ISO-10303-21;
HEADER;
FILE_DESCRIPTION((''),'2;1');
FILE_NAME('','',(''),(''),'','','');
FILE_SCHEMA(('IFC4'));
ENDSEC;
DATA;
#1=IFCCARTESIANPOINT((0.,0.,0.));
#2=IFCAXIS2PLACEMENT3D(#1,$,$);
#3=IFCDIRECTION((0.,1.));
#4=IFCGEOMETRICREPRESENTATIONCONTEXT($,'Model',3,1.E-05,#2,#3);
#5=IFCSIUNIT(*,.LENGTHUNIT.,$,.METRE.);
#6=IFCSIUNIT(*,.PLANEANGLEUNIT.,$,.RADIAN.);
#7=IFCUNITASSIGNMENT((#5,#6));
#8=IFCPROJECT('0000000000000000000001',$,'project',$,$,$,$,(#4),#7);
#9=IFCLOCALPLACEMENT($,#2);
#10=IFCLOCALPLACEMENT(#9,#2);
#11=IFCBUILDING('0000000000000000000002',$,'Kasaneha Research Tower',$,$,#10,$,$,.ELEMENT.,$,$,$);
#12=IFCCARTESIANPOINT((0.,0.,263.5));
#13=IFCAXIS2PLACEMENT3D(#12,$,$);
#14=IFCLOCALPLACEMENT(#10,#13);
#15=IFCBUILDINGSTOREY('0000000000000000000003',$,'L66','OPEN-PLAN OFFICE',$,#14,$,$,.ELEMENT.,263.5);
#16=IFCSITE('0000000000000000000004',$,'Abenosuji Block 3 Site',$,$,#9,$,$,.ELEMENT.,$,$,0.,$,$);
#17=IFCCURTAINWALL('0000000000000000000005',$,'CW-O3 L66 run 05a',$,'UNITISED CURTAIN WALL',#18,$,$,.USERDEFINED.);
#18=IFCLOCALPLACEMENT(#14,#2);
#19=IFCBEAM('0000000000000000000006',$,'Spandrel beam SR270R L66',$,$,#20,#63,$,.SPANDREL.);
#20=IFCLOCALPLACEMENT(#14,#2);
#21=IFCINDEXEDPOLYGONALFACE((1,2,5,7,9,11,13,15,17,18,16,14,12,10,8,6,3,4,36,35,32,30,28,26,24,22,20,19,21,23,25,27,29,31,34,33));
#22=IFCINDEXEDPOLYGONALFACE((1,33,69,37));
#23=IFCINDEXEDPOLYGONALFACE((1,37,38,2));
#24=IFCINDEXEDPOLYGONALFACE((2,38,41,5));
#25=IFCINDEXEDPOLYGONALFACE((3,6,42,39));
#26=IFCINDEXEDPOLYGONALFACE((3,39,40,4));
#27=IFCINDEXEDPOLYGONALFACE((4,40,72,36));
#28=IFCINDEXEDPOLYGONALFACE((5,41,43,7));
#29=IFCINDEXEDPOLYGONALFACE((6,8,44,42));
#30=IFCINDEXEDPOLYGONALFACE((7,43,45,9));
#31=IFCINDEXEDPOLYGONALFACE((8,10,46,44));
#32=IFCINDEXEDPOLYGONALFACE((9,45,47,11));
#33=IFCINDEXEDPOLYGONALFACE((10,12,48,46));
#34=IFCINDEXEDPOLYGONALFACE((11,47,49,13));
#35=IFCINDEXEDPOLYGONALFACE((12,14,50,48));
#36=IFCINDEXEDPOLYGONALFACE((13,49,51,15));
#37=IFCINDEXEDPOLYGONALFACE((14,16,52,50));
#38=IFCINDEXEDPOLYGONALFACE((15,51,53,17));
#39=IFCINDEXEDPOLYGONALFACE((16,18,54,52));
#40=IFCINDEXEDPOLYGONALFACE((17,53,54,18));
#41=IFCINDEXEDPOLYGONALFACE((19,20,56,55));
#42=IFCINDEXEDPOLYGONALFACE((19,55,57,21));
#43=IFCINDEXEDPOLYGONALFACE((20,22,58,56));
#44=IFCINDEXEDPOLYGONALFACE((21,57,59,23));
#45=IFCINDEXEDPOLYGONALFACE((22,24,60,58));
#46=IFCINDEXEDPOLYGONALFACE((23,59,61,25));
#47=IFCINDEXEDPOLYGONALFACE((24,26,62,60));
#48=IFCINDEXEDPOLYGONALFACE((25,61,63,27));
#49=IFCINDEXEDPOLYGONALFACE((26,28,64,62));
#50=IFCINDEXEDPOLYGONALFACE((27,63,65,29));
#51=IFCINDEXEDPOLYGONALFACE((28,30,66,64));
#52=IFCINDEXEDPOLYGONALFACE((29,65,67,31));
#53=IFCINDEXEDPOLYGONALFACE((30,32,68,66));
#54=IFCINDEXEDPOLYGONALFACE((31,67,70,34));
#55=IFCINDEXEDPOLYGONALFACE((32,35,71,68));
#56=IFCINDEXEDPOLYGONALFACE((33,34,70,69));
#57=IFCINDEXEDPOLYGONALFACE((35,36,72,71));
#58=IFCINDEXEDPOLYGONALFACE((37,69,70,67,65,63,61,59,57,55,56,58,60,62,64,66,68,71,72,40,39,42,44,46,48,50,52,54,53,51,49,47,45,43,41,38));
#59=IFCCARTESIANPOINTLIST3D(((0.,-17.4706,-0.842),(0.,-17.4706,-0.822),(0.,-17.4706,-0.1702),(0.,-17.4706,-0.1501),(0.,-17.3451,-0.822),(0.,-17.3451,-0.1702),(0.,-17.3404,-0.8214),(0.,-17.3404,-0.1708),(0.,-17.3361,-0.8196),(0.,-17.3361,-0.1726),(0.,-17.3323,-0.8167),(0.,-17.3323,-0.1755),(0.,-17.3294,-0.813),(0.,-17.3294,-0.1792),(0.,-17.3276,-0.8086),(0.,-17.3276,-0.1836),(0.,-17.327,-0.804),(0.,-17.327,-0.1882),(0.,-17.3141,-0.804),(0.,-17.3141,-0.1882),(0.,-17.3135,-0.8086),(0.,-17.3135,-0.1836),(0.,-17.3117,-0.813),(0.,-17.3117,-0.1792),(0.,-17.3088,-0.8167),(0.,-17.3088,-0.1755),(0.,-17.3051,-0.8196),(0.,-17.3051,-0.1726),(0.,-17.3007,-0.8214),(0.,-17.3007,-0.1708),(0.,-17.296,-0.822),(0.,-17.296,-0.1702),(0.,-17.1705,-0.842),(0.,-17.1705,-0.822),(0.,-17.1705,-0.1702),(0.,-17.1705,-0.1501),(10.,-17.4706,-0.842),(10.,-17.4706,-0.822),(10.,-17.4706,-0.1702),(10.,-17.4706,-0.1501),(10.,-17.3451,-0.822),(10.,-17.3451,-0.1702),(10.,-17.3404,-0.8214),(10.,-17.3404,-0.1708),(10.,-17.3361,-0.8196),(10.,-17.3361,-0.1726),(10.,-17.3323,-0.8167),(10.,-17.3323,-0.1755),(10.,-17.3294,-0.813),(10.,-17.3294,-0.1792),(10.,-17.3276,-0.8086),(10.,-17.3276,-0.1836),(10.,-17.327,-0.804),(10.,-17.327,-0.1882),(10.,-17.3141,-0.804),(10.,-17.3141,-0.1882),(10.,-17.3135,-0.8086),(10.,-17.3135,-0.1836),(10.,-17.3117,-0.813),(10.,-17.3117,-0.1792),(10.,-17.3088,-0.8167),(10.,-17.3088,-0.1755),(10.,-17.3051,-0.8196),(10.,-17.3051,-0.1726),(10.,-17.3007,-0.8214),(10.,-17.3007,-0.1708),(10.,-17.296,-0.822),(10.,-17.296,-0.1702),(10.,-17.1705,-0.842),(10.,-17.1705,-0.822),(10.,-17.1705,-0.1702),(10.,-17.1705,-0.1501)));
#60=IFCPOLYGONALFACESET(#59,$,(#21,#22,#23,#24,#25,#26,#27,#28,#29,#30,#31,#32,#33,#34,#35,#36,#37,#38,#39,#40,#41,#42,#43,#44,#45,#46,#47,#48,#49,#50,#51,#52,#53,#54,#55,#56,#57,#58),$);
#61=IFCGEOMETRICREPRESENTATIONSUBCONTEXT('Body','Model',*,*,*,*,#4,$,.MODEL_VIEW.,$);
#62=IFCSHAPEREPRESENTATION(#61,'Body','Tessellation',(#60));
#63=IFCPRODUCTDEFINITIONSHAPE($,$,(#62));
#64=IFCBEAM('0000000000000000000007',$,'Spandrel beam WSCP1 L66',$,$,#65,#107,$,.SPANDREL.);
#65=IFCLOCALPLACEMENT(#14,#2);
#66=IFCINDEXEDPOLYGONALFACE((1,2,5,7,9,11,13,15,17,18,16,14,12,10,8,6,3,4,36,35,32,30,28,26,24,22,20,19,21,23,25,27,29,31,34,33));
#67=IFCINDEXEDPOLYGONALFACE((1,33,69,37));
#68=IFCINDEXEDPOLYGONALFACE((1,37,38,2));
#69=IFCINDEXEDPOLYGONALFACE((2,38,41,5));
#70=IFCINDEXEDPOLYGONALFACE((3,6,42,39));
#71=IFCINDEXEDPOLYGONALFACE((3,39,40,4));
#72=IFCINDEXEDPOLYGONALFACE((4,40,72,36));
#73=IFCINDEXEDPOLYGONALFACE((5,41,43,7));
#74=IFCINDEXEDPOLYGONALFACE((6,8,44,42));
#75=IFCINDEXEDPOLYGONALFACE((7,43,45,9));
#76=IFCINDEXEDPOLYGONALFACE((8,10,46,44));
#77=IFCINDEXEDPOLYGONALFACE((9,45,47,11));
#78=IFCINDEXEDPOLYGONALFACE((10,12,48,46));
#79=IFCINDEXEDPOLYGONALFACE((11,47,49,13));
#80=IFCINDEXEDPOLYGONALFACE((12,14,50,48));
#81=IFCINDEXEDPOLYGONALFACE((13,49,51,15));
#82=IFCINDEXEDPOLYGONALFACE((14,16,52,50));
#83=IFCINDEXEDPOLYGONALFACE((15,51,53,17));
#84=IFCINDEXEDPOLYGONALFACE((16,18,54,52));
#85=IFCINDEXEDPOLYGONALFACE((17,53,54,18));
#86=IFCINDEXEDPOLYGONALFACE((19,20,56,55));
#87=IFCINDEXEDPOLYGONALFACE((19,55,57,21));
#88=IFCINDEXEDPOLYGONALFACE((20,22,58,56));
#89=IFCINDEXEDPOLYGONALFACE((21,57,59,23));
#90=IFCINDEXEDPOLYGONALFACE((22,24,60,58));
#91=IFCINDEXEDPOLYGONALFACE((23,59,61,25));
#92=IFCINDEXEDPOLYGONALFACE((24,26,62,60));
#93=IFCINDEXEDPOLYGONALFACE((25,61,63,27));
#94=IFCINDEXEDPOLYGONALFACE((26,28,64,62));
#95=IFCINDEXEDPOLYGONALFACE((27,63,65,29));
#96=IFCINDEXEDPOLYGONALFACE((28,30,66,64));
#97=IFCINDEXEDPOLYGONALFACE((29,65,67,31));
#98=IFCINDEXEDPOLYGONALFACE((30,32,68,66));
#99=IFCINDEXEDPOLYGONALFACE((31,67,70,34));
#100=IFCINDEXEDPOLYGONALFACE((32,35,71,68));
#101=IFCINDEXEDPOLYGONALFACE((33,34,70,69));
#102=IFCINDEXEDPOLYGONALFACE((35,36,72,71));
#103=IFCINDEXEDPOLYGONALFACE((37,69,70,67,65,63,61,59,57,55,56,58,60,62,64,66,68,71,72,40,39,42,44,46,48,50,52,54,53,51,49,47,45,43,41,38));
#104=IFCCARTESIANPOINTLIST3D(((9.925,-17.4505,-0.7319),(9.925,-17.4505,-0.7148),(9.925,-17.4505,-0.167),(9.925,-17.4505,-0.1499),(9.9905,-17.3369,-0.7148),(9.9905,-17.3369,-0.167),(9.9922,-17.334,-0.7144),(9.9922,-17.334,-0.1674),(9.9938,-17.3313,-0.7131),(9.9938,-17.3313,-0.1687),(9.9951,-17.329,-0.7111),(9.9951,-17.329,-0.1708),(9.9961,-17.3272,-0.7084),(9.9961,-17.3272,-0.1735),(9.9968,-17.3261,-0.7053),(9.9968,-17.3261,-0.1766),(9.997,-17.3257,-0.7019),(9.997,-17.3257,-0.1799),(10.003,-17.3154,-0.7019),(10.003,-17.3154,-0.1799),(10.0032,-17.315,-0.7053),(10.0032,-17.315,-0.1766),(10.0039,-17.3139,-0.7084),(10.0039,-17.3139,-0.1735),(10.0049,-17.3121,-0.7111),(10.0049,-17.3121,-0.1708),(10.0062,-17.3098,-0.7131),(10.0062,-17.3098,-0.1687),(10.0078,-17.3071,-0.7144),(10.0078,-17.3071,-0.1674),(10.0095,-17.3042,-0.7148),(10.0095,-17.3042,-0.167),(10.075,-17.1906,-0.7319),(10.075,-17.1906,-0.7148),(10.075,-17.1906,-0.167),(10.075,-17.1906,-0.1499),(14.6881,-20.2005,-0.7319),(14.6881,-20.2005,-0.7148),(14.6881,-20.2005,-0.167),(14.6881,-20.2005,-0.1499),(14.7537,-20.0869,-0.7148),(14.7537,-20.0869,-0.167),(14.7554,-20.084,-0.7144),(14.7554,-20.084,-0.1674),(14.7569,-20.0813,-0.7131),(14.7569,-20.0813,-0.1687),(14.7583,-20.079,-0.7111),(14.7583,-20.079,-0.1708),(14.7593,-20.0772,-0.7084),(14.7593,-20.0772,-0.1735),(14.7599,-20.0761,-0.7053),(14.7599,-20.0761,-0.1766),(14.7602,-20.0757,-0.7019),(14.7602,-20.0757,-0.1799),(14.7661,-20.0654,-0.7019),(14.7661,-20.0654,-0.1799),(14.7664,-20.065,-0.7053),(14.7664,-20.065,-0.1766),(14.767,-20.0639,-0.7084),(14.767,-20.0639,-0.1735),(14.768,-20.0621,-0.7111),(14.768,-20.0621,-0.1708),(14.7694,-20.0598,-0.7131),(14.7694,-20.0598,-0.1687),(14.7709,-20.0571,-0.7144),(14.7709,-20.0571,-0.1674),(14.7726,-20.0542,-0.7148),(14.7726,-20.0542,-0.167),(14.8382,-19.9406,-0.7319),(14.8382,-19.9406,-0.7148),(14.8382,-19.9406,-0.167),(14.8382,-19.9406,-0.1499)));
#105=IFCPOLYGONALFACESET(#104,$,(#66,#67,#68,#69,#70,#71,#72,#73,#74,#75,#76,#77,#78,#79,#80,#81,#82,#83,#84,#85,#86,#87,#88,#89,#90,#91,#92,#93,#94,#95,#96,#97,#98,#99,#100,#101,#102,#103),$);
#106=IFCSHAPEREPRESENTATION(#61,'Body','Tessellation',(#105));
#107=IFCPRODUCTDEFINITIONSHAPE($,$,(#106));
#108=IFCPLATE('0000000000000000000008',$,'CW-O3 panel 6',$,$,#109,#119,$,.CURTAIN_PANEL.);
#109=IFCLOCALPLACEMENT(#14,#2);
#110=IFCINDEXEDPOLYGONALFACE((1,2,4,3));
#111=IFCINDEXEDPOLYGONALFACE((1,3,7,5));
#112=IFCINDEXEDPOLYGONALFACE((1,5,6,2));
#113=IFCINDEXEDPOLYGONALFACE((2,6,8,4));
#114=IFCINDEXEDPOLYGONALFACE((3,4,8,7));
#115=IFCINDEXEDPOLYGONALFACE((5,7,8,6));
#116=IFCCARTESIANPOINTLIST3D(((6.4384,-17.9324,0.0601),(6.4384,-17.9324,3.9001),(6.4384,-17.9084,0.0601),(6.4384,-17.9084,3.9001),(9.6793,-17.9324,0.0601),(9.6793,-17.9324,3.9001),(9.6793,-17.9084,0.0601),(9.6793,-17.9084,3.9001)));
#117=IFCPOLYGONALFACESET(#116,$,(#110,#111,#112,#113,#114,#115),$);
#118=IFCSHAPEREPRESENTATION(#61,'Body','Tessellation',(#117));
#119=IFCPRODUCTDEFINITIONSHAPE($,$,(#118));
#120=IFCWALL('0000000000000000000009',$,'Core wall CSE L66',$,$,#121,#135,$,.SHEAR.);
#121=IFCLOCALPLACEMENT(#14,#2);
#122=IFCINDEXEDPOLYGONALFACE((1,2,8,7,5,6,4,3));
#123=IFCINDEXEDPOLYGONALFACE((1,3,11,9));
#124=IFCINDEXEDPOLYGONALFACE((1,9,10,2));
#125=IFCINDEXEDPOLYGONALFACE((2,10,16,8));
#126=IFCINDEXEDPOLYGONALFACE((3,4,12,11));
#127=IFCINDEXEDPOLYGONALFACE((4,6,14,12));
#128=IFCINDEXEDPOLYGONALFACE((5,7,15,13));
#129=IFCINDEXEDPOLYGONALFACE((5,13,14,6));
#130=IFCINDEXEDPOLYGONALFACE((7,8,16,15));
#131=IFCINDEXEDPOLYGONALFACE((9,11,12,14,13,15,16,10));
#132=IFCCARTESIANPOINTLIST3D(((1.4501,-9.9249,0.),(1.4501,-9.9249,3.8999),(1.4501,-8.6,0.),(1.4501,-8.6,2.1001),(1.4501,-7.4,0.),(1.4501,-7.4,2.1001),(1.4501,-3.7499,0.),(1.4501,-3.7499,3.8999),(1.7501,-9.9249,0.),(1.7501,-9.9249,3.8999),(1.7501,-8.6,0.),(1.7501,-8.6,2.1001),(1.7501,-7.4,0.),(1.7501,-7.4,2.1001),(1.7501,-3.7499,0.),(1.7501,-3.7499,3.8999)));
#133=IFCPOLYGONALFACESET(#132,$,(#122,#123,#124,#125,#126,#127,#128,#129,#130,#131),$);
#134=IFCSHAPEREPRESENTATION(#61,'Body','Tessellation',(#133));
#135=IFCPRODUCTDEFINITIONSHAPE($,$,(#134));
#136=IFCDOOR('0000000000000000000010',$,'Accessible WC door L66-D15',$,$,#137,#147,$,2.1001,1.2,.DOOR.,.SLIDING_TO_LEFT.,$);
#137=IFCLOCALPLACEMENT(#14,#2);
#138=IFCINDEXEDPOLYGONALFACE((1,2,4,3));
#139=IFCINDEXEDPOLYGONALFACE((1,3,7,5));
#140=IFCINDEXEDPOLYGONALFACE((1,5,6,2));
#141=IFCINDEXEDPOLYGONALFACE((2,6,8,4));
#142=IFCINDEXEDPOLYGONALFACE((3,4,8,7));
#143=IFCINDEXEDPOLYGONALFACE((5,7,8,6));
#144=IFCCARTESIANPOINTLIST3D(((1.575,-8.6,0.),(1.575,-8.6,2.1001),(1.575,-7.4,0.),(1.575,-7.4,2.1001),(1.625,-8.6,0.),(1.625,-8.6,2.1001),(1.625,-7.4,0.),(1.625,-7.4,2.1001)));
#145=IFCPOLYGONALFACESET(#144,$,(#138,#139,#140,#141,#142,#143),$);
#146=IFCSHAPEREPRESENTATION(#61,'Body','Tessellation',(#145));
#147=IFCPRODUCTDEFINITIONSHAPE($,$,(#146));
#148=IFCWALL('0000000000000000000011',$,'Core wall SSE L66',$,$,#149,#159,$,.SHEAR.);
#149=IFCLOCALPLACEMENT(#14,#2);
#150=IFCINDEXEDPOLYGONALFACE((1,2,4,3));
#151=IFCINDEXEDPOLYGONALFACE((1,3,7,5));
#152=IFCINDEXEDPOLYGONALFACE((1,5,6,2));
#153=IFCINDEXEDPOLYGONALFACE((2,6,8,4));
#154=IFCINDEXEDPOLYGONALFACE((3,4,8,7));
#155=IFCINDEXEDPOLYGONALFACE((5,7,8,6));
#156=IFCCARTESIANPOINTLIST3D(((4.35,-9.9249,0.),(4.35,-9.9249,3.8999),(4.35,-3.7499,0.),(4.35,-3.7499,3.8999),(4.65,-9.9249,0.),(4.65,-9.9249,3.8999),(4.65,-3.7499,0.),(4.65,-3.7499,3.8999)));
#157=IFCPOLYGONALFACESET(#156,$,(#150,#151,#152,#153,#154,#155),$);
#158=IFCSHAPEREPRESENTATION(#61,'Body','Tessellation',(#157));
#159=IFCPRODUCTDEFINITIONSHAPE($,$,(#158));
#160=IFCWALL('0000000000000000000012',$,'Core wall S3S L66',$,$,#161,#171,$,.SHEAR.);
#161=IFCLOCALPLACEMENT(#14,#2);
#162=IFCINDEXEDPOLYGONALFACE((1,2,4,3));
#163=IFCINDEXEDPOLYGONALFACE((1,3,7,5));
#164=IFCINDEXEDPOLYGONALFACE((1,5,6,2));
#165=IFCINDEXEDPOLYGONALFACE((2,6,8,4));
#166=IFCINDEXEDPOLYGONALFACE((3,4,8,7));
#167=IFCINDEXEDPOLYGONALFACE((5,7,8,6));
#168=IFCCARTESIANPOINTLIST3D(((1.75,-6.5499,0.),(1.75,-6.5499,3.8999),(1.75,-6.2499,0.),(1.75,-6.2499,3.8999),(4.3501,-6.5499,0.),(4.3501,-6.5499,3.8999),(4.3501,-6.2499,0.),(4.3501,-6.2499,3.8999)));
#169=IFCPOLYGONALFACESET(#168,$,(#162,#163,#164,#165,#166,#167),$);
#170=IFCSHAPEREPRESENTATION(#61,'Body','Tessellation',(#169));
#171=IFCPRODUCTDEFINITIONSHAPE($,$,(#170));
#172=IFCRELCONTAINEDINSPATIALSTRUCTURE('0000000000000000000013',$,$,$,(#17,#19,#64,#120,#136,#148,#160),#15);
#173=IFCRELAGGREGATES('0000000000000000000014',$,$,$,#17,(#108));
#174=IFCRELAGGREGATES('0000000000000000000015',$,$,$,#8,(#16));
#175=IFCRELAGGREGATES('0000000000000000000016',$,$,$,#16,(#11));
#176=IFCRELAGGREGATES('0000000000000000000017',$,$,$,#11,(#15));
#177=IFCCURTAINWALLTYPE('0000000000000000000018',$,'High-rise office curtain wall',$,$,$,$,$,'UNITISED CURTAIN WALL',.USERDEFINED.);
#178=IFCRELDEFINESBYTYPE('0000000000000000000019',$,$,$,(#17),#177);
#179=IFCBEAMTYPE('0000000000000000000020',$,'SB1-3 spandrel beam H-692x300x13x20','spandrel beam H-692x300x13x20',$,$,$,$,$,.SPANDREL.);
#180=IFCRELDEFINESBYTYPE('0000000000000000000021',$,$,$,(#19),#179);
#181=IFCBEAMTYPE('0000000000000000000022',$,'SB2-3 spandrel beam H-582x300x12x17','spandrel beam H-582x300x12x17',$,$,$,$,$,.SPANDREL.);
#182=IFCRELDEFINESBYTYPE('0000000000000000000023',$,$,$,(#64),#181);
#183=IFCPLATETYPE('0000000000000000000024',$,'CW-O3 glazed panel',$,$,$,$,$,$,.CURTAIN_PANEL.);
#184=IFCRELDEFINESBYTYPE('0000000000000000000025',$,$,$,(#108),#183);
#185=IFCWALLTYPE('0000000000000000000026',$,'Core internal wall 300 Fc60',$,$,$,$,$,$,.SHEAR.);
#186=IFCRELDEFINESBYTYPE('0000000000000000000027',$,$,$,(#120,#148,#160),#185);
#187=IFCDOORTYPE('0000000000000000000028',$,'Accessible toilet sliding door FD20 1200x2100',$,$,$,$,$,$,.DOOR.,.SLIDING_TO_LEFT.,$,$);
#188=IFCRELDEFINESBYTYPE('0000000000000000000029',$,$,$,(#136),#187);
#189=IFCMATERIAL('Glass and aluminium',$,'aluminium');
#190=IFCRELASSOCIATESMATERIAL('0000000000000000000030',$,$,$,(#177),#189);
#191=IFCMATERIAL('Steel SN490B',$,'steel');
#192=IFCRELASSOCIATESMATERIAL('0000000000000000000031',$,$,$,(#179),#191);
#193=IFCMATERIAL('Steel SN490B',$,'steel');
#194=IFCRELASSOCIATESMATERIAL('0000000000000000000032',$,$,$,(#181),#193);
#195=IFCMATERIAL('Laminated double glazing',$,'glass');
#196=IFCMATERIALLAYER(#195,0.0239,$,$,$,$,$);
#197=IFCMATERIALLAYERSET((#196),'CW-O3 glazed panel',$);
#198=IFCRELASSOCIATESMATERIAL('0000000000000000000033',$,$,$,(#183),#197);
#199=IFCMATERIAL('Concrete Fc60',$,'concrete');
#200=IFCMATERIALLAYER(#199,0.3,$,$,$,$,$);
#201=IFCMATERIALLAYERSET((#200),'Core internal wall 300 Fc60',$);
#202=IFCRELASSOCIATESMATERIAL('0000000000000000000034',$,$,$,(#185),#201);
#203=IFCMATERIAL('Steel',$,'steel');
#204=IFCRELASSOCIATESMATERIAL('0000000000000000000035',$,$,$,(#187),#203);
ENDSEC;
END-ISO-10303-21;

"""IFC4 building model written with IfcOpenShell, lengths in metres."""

from ifc_helpers import new_model, si_unit, direction, frame, frame_2d, origin, origin_2d, place, context, subcontext, project, spatial, rectangle, i_section, extrude, material, layer, layer_set, material_profile, profile_set, type_object, element, fill, aggregate, save


model = new_model("IFC4")

# Units and contexts
model_context = context("Model", 3, precision=1e-05, world=origin(), true_north=direction((0.0, 1.0)))
body_context = subcontext(model_context, "Body", "Model", "MODEL_VIEW")
ifc_project = project(units=[si_unit("LENGTHUNIT", "METRE"), si_unit("PLANEANGLEUNIT", "RADIAN")], contexts=[model_context])

# Site, building, storey
site_placement = place(None, origin())
site = spatial("IfcSite", under=ifc_project, at=site_placement, Name="Abenosuji Block 3 Site", CompositionType="ELEMENT", RefElevation=0.0)
building_placement = place(site_placement, origin())
building = spatial("IfcBuilding", under=site, at=building_placement, Name="Kasaneha Research Tower", CompositionType="ELEMENT")
storey_placement = place(building_placement, frame((0.0, 0.0, 263.5)))
storey = spatial("IfcBuildingStorey", under=building, at=storey_placement, Name="L66", Description="OPEN-PLAN OFFICE", CompositionType="ELEMENT", Elevation=263.5)

# Curtain wall
ifc_material_1 = material(Name="Glass and aluminium", Category="aluminium")
curtain_wall_type = type_object("IfcCurtainWallType", Name="High-rise office curtain wall", ElementType="UNITISED CURTAIN WALL", PredefinedType="USERDEFINED", material=ifc_material_1)
curtain_wall_placement = place(storey_placement, origin())
curtain_wall = element("IfcCurtainWall", 1, at=curtain_wall_placement, inside=storey, type_object=curtain_wall_type, Name="CW-O3 L66 run 05a", ObjectType="UNITISED CURTAIN WALL", PredefinedType="USERDEFINED")

# Beams
ifc_material_2 = material(Name="Steel SN490B", Category="steel")
ifc_material_profile_1 = material_profile(ifc_material_2, i_section(OverallWidth=0.3, OverallDepth=0.6919, WebThickness=0.0129, FlangeThickness=0.02, FilletRadius=0.0181, at=origin_2d()), Name="H-692x300x13x20")
ifc_profile_set_1 = profile_set([ifc_material_profile_1], Name="Steel SN490B")
beam_type_1 = type_object("IfcBeamType", Name="SB1-3 spandrel beam H-692x300x13x20", Description="spandrel beam H-692x300x13x20", PredefinedType="SPANDREL", material=ifc_profile_set_1)
beam_1_placement = place(storey_placement, frame((10.0, -17.3206, -0.4961), z_axis=(-1.0, 0.0, 0.0), x_axis=(0.0, -1.0, 0.0)))
element("IfcBeam", 2, at=beam_1_placement, inside=storey, type_object=beam_type_1, Name="Spandrel beam SR270R L66", PredefinedType="SPANDREL", context=body_context, shape_type="SweptSolid", body=[
    extrude(i_section(OverallWidth=0.3, OverallDepth=0.6919, WebThickness=0.0129, FlangeThickness=0.02, FilletRadius=0.0181, at=origin_2d()), origin(), (0.0, 0.0, 1.0), 10.0),
])
ifc_material_3 = material(Name="Steel SN490B", Category="steel")
ifc_material_profile_2 = material_profile(ifc_material_3, i_section(OverallWidth=0.3, OverallDepth=0.582, WebThickness=0.012, FlangeThickness=0.0171, FilletRadius=0.0129, at=origin_2d()), Name="H-582x300x12x17")
ifc_profile_set_2 = profile_set([ifc_material_profile_2], Name="Steel SN490B")
beam_type_2 = type_object("IfcBeamType", Name="SB2-3 spandrel beam H-582x300x12x17", Description="spandrel beam H-582x300x12x17", PredefinedType="SPANDREL", material=ifc_profile_set_2)
beam_2_placement = place(storey_placement, frame((10.0, -17.3206, -0.4409), z_axis=(0.866027, -0.499997, 0.0), x_axis=(0.499997, 0.866027, 0.0)))
element("IfcBeam", 3, at=beam_2_placement, inside=storey, type_object=beam_type_2, Name="Spandrel beam WSCP1 L66", PredefinedType="SPANDREL", context=body_context, shape_type="SweptSolid", body=[
    extrude(i_section(OverallWidth=0.3, OverallDepth=0.582, WebThickness=0.012, FlangeThickness=0.0171, FilletRadius=0.0129, at=origin_2d()), origin(), (0.0, 0.0, 1.0), 5.5),
])

# Plate
ifc_material_4 = material(Name="Laminated double glazing", Category="glass")
ifc_layer_1 = layer(ifc_material_4, 0.0239)
ifc_layer_set_1 = layer_set([ifc_layer_1], Name="CW-O3 glazed panel")
plate_type = type_object("IfcPlateType", Name="CW-O3 glazed panel", PredefinedType="CURTAIN_PANEL", material=ifc_layer_set_1)
plate_placement = place(storey_placement, frame((8.0588, -17.9204, 0.0601), z_axis=(0.0, 0.0, 1.0), x_axis=(1.0, 0.0, 0.0)))
plate = element("IfcPlate", 4, at=plate_placement, type_object=plate_type, Name="CW-O3 panel 6", PredefinedType="CURTAIN_PANEL", context=body_context, shape_type="SweptSolid", body=[
    extrude(rectangle(XDim=3.241, YDim=0.0239, at=origin_2d()), origin(), (0.0, 0.0, 1.0), 3.8401),
])
aggregate(curtain_wall, [plate])

# Wall, opening, door
ifc_material_5 = material(Name="Concrete Fc60", Category="concrete")
ifc_layer_2 = layer(ifc_material_5, 0.3)
ifc_layer_set_2 = layer_set([ifc_layer_2], Name="Core internal wall 300 Fc60")
wall_type_1 = type_object("IfcWallType", Name="Core internal wall 300 Fc60", PredefinedType="SHEAR", material=ifc_layer_set_2)
wall_1_placement = place(storey_placement, frame((1.6001, -3.75, 0.0), z_axis=(0.0, 0.0, 1.0), x_axis=(0.0, -1.0, 0.0)))
wall_1 = element("IfcWall", 5, at=wall_1_placement, inside=storey, type_object=wall_type_1, Name="Core wall CSE L66", PredefinedType="SHEAR", context=body_context, shape_type="SweptSolid", body=[
    extrude(rectangle(XDim=6.175, YDim=0.3, at=frame_2d((3.0874, 0.0))), origin(), (0.0, 0.0, 1.0), 3.8999),
])
opening_1_placement = place(wall_1_placement, frame((3.6499, 0.0, 0.0)))
opening_1 = element("IfcOpeningElement", 6, at=opening_1_placement, cuts=wall_1, PredefinedType="OPENING", context=body_context, shape_type="SweptSolid", body=[
    extrude(rectangle(XDim=1.2, YDim=2.1001, at=frame_2d((0.6001, 1.05))), frame((0.0, 0.1602, 0.0), z_axis=(0.0, -1.0, 0.0), x_axis=(1.0, 0.0, 0.0)), (0.0, 0.0, 1.0), 0.3201),
])
ifc_material_6 = material(Name="Steel", Category="steel")
door_type_1 = type_object("IfcDoorType", Name="Accessible toilet sliding door FD20 1200x2100", OperationType="SLIDING_TO_LEFT", PredefinedType="DOOR", material=ifc_material_6)
door_1_placement = place(opening_1_placement, origin())
door_1 = element("IfcDoor", 7, at=door_1_placement, inside=storey, type_object=door_type_1, Name="Accessible WC door L66-D15", OperationType="SLIDING_TO_LEFT", OverallHeight=2.1001, OverallWidth=1.2, PredefinedType="DOOR", context=body_context, shape_type="SweptSolid", body=[
    extrude(rectangle(XDim=1.2, YDim=2.1001, at=frame_2d((0.6001, 1.05))), frame((0.0, 0.0249, 0.0), z_axis=(0.0, -1.0, 0.0), x_axis=(1.0, 0.0, 0.0)), (0.0, 0.0, 1.0), 0.05),
])
fill(opening_1, door_1)

# Walls
wall_2_placement = place(storey_placement, frame((4.5, -3.75, 0.0), z_axis=(0.0, 0.0, 1.0), x_axis=(0.0, -1.0, 0.0)))
element("IfcWall", 8, at=wall_2_placement, inside=storey, type_object=wall_type_1, Name="Core wall SSE L66", PredefinedType="SHEAR", context=body_context, shape_type="SweptSolid", body=[
    extrude(rectangle(XDim=6.175, YDim=0.3, at=frame_2d((3.0874, 0.0))), origin(), (0.0, 0.0, 1.0), 3.8999),
])
wall_3_placement = place(storey_placement, frame((1.75, -6.3999, 0.0), z_axis=(0.0, 0.0, 1.0), x_axis=(1.0, 0.0, 0.0)))
element("IfcWall", 9, at=wall_3_placement, inside=storey, type_object=wall_type_1, Name="Core wall S3S L66", PredefinedType="SHEAR", context=body_context, shape_type="SweptSolid", body=[
    extrude(rectangle(XDim=2.6001, YDim=0.3, at=frame_2d((1.3, 0.0))), origin(), (0.0, 0.0, 1.0), 3.8999),
])

save(model, "model.ifc")
